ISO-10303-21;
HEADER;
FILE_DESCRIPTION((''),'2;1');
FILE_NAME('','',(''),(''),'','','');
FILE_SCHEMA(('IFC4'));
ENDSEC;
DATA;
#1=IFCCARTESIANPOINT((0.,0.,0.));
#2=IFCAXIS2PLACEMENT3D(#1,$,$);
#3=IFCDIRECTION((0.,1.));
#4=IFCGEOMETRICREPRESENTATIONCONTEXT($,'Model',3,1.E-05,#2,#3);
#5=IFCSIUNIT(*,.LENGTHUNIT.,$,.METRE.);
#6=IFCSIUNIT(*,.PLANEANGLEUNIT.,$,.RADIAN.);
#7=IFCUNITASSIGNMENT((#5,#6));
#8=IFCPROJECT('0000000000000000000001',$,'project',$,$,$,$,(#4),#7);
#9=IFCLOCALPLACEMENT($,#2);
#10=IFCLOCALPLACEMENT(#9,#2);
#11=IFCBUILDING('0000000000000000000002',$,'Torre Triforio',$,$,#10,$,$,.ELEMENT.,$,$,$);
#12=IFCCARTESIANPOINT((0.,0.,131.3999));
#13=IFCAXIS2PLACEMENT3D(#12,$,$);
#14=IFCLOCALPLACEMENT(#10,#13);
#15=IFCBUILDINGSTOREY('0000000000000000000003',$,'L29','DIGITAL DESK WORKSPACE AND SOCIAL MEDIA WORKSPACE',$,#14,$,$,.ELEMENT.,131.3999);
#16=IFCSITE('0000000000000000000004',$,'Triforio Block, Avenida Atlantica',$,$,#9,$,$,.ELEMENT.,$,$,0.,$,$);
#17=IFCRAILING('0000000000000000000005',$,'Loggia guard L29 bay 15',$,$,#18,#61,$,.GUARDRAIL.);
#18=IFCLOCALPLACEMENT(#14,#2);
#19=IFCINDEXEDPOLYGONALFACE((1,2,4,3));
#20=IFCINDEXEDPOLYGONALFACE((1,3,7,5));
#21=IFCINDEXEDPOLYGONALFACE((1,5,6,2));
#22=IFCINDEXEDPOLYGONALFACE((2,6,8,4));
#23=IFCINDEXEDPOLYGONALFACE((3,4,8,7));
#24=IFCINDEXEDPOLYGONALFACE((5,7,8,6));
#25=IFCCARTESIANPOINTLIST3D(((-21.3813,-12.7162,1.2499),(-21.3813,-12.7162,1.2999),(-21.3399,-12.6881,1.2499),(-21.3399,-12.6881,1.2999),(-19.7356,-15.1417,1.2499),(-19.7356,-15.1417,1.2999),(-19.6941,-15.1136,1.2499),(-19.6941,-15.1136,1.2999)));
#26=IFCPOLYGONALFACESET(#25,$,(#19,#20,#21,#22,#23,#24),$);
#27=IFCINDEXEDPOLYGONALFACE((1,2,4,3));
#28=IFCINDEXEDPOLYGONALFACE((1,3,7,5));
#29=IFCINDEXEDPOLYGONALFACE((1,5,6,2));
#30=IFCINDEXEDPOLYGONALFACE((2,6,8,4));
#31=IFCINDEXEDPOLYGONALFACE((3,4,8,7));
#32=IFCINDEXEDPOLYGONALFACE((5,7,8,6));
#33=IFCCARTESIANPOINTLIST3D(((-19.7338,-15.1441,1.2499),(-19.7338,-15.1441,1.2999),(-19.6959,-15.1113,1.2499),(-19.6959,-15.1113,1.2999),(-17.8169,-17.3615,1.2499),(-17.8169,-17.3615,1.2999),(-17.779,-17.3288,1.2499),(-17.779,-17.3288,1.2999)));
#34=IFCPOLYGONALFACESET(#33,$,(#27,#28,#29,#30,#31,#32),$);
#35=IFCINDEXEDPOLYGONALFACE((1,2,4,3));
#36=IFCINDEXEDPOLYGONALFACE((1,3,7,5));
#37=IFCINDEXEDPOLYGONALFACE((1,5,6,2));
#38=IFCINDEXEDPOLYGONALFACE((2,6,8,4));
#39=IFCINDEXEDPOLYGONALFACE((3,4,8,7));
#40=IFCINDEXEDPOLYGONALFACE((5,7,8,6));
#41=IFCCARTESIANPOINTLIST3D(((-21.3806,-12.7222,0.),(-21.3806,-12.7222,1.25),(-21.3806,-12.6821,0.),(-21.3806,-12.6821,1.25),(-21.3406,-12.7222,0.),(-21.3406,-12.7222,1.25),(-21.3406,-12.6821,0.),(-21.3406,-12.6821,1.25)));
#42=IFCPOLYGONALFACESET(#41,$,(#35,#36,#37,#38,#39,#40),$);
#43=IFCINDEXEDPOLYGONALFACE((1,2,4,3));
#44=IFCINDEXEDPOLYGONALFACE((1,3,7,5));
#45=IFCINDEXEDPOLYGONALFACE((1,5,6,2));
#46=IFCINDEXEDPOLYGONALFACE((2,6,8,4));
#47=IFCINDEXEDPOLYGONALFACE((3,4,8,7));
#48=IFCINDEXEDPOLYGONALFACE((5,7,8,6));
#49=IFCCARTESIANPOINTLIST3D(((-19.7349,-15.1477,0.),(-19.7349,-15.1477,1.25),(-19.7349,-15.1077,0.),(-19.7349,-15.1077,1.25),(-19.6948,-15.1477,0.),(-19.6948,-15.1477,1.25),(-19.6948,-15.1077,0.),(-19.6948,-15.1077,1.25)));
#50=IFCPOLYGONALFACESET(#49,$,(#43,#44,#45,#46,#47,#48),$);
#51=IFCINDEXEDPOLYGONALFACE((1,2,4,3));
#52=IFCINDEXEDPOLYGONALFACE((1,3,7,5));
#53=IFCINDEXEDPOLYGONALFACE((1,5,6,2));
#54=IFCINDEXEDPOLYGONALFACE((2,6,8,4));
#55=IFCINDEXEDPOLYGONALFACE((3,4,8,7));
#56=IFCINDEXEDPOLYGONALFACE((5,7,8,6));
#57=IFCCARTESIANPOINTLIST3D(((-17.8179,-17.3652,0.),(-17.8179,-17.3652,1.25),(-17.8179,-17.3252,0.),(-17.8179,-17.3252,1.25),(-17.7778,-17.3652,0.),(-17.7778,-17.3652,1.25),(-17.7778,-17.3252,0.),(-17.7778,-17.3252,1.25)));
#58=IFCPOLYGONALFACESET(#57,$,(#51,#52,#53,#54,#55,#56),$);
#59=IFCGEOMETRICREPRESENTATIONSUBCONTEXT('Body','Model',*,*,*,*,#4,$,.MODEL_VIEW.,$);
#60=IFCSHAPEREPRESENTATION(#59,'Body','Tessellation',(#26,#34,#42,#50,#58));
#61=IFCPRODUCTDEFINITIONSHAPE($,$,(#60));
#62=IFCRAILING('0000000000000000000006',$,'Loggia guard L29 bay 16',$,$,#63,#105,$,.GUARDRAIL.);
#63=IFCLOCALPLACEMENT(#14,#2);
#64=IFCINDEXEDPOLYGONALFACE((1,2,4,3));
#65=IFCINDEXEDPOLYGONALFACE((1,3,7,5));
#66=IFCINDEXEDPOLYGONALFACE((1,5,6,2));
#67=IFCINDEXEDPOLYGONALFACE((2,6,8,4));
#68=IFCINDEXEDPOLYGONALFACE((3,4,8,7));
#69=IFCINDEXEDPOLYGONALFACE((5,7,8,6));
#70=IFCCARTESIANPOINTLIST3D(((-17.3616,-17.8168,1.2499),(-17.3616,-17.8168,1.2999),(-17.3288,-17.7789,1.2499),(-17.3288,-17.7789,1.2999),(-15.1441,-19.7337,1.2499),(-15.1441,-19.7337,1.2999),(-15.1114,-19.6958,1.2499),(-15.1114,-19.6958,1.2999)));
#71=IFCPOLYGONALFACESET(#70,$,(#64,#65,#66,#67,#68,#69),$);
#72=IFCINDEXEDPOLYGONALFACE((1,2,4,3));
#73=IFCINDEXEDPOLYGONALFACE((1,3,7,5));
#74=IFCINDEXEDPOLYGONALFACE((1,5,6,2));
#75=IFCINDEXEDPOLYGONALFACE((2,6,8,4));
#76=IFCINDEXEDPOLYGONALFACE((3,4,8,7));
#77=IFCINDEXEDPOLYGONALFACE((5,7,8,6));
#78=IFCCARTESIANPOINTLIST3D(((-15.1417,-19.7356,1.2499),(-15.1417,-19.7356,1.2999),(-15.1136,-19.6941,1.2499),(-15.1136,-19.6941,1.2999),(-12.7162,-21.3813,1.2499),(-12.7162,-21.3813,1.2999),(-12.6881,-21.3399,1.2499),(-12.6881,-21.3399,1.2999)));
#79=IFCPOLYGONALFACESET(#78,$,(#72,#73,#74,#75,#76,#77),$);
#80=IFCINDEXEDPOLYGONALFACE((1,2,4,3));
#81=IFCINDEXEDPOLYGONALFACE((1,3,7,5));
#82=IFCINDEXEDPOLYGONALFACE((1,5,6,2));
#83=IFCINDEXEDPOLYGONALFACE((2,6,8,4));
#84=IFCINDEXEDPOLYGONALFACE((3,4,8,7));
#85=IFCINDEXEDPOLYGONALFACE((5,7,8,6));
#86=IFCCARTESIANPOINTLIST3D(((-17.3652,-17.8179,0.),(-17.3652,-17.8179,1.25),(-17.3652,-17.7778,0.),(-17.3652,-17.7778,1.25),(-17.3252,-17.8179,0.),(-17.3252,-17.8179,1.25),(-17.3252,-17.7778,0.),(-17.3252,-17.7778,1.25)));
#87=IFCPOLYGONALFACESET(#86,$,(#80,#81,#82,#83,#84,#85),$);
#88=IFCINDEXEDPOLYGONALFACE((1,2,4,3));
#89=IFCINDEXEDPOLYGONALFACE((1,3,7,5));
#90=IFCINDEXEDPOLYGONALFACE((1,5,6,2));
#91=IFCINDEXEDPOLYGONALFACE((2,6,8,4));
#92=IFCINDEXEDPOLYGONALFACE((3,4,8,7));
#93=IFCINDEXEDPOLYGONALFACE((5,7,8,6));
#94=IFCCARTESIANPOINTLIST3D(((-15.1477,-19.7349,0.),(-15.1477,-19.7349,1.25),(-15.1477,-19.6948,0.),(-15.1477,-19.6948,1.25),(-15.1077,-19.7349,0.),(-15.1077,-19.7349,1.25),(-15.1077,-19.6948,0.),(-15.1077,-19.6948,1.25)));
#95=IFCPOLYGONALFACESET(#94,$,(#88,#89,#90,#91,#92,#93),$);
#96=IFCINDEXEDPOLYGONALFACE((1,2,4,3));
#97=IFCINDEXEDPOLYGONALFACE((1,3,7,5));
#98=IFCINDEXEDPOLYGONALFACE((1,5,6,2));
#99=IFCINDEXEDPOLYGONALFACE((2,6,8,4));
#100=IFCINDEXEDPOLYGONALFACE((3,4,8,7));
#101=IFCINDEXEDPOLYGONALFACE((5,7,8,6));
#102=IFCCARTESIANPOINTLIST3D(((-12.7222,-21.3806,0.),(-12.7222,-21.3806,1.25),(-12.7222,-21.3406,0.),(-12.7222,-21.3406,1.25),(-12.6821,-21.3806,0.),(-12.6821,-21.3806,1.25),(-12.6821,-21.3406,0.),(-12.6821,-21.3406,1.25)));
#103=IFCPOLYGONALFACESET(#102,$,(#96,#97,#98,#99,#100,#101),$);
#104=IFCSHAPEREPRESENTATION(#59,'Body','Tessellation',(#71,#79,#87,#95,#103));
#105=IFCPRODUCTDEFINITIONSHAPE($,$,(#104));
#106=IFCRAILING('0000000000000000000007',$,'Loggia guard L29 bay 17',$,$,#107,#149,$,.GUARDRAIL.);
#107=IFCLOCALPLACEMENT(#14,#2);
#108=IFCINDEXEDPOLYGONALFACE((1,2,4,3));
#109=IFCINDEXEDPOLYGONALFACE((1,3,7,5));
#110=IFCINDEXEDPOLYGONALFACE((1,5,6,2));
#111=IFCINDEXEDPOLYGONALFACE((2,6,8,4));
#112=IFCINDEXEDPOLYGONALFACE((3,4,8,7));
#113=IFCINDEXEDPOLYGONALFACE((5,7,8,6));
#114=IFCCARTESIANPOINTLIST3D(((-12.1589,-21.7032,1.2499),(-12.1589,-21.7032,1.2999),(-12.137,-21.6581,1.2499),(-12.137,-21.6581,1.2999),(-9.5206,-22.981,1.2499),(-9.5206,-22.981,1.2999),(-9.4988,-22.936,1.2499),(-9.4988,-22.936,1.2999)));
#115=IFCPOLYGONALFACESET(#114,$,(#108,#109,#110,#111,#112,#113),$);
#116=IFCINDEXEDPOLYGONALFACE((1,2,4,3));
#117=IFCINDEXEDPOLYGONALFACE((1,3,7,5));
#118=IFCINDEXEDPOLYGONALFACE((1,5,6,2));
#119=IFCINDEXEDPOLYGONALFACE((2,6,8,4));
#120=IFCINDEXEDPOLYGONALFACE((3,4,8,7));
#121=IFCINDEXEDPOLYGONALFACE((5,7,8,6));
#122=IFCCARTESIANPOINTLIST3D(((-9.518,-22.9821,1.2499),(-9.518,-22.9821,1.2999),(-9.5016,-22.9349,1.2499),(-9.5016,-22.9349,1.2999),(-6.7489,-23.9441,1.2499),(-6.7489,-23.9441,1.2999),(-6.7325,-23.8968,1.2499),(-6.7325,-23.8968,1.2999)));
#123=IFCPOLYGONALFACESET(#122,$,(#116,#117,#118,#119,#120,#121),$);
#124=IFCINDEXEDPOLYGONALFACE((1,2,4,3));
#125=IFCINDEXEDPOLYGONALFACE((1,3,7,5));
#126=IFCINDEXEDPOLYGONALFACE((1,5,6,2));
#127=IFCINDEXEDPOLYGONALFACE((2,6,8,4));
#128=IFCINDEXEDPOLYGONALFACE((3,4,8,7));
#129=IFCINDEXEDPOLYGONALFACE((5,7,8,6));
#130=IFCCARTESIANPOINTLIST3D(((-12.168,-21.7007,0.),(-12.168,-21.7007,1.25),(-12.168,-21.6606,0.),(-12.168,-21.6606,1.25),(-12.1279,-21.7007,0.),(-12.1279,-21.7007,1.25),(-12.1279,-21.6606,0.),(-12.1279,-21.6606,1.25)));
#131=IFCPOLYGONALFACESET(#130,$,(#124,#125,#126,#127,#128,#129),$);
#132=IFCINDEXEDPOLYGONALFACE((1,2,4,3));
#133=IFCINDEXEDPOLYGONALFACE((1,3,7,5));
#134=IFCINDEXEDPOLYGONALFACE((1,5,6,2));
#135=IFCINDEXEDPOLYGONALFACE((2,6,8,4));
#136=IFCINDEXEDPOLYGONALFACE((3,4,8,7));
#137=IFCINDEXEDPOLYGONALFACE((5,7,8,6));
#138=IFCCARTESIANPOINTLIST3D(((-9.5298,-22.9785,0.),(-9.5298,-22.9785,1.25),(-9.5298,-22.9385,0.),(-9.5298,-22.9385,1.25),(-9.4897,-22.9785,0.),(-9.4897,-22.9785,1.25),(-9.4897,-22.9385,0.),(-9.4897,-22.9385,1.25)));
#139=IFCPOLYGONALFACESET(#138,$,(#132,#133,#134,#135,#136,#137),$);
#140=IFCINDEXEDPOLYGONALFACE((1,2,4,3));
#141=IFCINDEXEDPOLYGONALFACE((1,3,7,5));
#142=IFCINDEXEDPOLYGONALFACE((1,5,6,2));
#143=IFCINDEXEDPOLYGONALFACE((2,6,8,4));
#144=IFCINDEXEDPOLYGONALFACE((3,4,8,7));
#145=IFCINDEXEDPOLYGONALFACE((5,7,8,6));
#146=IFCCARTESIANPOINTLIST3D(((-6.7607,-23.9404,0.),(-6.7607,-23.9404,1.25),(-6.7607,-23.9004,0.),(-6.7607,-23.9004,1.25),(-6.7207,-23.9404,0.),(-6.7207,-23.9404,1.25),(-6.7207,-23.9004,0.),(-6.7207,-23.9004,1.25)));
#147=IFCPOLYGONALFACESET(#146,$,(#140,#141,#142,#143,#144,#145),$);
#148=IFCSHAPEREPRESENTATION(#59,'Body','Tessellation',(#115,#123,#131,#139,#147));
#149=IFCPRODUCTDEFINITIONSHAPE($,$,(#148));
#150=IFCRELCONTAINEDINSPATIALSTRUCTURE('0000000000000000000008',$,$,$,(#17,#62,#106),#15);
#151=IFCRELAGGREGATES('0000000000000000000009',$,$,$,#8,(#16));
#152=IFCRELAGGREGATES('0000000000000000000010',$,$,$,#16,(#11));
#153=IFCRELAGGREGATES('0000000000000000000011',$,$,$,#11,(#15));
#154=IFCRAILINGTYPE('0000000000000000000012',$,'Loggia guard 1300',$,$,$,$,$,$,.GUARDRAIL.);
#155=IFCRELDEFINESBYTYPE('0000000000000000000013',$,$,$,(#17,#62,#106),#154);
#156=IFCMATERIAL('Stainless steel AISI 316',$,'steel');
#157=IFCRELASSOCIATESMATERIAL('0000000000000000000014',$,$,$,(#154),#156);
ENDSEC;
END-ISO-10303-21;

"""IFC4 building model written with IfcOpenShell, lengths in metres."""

from ifc_helpers import new_model, si_unit, direction, frame, origin, origin_2d, place, context, subcontext, project, spatial, rectangle, extrude, material, type_object, element, save


model = new_model("IFC4")

# Units and contexts
model_context = context("Model", 3, precision=1e-05, world=origin(), true_north=direction((0.0, 1.0)))
body_context = subcontext(model_context, "Body", "Model", "MODEL_VIEW")
ifc_project = project(units=[si_unit("LENGTHUNIT", "METRE"), si_unit("PLANEANGLEUNIT", "RADIAN")], contexts=[model_context])

# Site, building, storey
site_placement = place(None, origin())
site = spatial("IfcSite", under=ifc_project, at=site_placement, Name="Triforio Block, Avenida Atlantica", CompositionType="ELEMENT", RefElevation=0.0)
building_placement = place(site_placement, origin())
building = spatial("IfcBuilding", under=site, at=building_placement, Name="Torre Triforio", CompositionType="ELEMENT")
storey_placement = place(building_placement, frame((0.0, 0.0, 131.3999)))
storey = spatial("IfcBuildingStorey", under=building, at=storey_placement, Name="L29", Description="DIGITAL DESK WORKSPACE AND SOCIAL MEDIA WORKSPACE", CompositionType="ELEMENT", Elevation=131.3999)

# Railings
ifc_material_1 = material(Name="Stainless steel AISI 316", Category="steel")
railing_type = type_object("IfcRailingType", Name="Loggia guard 1300", PredefinedType="GUARDRAIL", material=ifc_material_1)
railing_1_placement = place(storey_placement, frame((-21.3606, -12.7021, 0.0)))
element("IfcRailing", 1, at=railing_1_placement, inside=storey, type_object=railing_type, Name="Loggia guard L29 bay 15", PredefinedType="GUARDRAIL", context=body_context, shape_type="SweptSolid", body=[
    extrude(rectangle(XDim=0.05, YDim=0.05, at=origin_2d()), frame((0.0, 0.0, 1.2749), z_axis=(0.561467, -0.827499, 0.0), x_axis=(0.827499, 0.561467, 0.0)), (0.0, 0.0, 1.0), 2.9312),
    extrude(rectangle(XDim=0.05, YDim=0.05, at=origin_2d()), frame((1.6458, -2.4255, 1.2749), z_axis=(0.653982, -0.75651, 0.0), x_axis=(0.75651, 0.653982, 0.0)), (0.0, 0.0, 1.0), 2.9312),
    extrude(rectangle(XDim=0.04, YDim=0.04, at=origin_2d()), origin(), (0.0, 0.0, 1.0), 1.25),
    extrude(rectangle(XDim=0.04, YDim=0.04, at=origin_2d()), frame((1.6458, -2.4255, 0.0)), (0.0, 0.0, 1.0), 1.25),
    extrude(rectangle(XDim=0.04, YDim=0.04, at=origin_2d()), frame((3.5627, -4.6431, 0.0)), (0.0, 0.0, 1.0), 1.25),
])
railing_2_placement = place(storey_placement, frame((-17.3452, -17.7979, 0.0)))
element("IfcRailing", 2, at=railing_2_placement, inside=storey, type_object=railing_type, Name="Loggia guard L29 bay 16", PredefinedType="GUARDRAIL", context=body_context, shape_type="SweptSolid", body=[
    extrude(rectangle(XDim=0.05, YDim=0.05, at=origin_2d()), frame((0.0, 0.0, 1.2749), z_axis=(0.75651, -0.653982, 0.0), x_axis=(0.653982, 0.75651, 0.0)), (0.0, 0.0, 1.0), 2.9312),
    extrude(rectangle(XDim=0.05, YDim=0.05, at=origin_2d()), frame((2.2175, -1.917, 1.2749), z_axis=(0.827499, -0.561467, 0.0), x_axis=(0.561467, 0.827499, 0.0)), (0.0, 0.0, 1.0), 2.9312),
    extrude(rectangle(XDim=0.04, YDim=0.04, at=origin_2d()), origin(), (0.0, 0.0, 1.0), 1.25),
    extrude(rectangle(XDim=0.04, YDim=0.04, at=origin_2d()), frame((2.2175, -1.917, 0.0)), (0.0, 0.0, 1.0), 1.25),
    extrude(rectangle(XDim=0.04, YDim=0.04, at=origin_2d()), frame((4.6431, -3.5627, 0.0)), (0.0, 0.0, 1.0), 1.25),
])
railing_3_placement = place(storey_placement, frame((-12.1479, -21.6807, 0.0)))
element("IfcRailing", 3, at=railing_3_placement, inside=storey, type_object=railing_type, Name="Loggia guard L29 bay 17", PredefinedType="GUARDRAIL", context=body_context, shape_type="SweptSolid", body=[
    extrude(rectangle(XDim=0.05, YDim=0.05, at=origin_2d()), frame((0.0, 0.0, 1.2749), z_axis=(0.899986, -0.435918, 0.0), x_axis=(0.435918, 0.899986, 0.0)), (0.0, 0.0, 1.0), 2.9314),
    extrude(rectangle(XDim=0.05, YDim=0.05, at=origin_2d()), frame((2.6382, -1.2778, 1.2749), z_axis=(0.944627, -0.328146, 0.0), x_axis=(0.328146, 0.944627, 0.0)), (0.0, 0.0, 1.0), 2.9314),
    extrude(rectangle(XDim=0.04, YDim=0.04, at=origin_2d()), origin(), (0.0, 0.0, 1.0), 1.25),
    extrude(rectangle(XDim=0.04, YDim=0.04, at=origin_2d()), frame((2.6382, -1.2778, 0.0)), (0.0, 0.0, 1.0), 1.25),
    extrude(rectangle(XDim=0.04, YDim=0.04, at=origin_2d()), frame((5.4072, -2.2397, 0.0)), (0.0, 0.0, 1.0), 1.25),
])

save(model, "model.ifc")
